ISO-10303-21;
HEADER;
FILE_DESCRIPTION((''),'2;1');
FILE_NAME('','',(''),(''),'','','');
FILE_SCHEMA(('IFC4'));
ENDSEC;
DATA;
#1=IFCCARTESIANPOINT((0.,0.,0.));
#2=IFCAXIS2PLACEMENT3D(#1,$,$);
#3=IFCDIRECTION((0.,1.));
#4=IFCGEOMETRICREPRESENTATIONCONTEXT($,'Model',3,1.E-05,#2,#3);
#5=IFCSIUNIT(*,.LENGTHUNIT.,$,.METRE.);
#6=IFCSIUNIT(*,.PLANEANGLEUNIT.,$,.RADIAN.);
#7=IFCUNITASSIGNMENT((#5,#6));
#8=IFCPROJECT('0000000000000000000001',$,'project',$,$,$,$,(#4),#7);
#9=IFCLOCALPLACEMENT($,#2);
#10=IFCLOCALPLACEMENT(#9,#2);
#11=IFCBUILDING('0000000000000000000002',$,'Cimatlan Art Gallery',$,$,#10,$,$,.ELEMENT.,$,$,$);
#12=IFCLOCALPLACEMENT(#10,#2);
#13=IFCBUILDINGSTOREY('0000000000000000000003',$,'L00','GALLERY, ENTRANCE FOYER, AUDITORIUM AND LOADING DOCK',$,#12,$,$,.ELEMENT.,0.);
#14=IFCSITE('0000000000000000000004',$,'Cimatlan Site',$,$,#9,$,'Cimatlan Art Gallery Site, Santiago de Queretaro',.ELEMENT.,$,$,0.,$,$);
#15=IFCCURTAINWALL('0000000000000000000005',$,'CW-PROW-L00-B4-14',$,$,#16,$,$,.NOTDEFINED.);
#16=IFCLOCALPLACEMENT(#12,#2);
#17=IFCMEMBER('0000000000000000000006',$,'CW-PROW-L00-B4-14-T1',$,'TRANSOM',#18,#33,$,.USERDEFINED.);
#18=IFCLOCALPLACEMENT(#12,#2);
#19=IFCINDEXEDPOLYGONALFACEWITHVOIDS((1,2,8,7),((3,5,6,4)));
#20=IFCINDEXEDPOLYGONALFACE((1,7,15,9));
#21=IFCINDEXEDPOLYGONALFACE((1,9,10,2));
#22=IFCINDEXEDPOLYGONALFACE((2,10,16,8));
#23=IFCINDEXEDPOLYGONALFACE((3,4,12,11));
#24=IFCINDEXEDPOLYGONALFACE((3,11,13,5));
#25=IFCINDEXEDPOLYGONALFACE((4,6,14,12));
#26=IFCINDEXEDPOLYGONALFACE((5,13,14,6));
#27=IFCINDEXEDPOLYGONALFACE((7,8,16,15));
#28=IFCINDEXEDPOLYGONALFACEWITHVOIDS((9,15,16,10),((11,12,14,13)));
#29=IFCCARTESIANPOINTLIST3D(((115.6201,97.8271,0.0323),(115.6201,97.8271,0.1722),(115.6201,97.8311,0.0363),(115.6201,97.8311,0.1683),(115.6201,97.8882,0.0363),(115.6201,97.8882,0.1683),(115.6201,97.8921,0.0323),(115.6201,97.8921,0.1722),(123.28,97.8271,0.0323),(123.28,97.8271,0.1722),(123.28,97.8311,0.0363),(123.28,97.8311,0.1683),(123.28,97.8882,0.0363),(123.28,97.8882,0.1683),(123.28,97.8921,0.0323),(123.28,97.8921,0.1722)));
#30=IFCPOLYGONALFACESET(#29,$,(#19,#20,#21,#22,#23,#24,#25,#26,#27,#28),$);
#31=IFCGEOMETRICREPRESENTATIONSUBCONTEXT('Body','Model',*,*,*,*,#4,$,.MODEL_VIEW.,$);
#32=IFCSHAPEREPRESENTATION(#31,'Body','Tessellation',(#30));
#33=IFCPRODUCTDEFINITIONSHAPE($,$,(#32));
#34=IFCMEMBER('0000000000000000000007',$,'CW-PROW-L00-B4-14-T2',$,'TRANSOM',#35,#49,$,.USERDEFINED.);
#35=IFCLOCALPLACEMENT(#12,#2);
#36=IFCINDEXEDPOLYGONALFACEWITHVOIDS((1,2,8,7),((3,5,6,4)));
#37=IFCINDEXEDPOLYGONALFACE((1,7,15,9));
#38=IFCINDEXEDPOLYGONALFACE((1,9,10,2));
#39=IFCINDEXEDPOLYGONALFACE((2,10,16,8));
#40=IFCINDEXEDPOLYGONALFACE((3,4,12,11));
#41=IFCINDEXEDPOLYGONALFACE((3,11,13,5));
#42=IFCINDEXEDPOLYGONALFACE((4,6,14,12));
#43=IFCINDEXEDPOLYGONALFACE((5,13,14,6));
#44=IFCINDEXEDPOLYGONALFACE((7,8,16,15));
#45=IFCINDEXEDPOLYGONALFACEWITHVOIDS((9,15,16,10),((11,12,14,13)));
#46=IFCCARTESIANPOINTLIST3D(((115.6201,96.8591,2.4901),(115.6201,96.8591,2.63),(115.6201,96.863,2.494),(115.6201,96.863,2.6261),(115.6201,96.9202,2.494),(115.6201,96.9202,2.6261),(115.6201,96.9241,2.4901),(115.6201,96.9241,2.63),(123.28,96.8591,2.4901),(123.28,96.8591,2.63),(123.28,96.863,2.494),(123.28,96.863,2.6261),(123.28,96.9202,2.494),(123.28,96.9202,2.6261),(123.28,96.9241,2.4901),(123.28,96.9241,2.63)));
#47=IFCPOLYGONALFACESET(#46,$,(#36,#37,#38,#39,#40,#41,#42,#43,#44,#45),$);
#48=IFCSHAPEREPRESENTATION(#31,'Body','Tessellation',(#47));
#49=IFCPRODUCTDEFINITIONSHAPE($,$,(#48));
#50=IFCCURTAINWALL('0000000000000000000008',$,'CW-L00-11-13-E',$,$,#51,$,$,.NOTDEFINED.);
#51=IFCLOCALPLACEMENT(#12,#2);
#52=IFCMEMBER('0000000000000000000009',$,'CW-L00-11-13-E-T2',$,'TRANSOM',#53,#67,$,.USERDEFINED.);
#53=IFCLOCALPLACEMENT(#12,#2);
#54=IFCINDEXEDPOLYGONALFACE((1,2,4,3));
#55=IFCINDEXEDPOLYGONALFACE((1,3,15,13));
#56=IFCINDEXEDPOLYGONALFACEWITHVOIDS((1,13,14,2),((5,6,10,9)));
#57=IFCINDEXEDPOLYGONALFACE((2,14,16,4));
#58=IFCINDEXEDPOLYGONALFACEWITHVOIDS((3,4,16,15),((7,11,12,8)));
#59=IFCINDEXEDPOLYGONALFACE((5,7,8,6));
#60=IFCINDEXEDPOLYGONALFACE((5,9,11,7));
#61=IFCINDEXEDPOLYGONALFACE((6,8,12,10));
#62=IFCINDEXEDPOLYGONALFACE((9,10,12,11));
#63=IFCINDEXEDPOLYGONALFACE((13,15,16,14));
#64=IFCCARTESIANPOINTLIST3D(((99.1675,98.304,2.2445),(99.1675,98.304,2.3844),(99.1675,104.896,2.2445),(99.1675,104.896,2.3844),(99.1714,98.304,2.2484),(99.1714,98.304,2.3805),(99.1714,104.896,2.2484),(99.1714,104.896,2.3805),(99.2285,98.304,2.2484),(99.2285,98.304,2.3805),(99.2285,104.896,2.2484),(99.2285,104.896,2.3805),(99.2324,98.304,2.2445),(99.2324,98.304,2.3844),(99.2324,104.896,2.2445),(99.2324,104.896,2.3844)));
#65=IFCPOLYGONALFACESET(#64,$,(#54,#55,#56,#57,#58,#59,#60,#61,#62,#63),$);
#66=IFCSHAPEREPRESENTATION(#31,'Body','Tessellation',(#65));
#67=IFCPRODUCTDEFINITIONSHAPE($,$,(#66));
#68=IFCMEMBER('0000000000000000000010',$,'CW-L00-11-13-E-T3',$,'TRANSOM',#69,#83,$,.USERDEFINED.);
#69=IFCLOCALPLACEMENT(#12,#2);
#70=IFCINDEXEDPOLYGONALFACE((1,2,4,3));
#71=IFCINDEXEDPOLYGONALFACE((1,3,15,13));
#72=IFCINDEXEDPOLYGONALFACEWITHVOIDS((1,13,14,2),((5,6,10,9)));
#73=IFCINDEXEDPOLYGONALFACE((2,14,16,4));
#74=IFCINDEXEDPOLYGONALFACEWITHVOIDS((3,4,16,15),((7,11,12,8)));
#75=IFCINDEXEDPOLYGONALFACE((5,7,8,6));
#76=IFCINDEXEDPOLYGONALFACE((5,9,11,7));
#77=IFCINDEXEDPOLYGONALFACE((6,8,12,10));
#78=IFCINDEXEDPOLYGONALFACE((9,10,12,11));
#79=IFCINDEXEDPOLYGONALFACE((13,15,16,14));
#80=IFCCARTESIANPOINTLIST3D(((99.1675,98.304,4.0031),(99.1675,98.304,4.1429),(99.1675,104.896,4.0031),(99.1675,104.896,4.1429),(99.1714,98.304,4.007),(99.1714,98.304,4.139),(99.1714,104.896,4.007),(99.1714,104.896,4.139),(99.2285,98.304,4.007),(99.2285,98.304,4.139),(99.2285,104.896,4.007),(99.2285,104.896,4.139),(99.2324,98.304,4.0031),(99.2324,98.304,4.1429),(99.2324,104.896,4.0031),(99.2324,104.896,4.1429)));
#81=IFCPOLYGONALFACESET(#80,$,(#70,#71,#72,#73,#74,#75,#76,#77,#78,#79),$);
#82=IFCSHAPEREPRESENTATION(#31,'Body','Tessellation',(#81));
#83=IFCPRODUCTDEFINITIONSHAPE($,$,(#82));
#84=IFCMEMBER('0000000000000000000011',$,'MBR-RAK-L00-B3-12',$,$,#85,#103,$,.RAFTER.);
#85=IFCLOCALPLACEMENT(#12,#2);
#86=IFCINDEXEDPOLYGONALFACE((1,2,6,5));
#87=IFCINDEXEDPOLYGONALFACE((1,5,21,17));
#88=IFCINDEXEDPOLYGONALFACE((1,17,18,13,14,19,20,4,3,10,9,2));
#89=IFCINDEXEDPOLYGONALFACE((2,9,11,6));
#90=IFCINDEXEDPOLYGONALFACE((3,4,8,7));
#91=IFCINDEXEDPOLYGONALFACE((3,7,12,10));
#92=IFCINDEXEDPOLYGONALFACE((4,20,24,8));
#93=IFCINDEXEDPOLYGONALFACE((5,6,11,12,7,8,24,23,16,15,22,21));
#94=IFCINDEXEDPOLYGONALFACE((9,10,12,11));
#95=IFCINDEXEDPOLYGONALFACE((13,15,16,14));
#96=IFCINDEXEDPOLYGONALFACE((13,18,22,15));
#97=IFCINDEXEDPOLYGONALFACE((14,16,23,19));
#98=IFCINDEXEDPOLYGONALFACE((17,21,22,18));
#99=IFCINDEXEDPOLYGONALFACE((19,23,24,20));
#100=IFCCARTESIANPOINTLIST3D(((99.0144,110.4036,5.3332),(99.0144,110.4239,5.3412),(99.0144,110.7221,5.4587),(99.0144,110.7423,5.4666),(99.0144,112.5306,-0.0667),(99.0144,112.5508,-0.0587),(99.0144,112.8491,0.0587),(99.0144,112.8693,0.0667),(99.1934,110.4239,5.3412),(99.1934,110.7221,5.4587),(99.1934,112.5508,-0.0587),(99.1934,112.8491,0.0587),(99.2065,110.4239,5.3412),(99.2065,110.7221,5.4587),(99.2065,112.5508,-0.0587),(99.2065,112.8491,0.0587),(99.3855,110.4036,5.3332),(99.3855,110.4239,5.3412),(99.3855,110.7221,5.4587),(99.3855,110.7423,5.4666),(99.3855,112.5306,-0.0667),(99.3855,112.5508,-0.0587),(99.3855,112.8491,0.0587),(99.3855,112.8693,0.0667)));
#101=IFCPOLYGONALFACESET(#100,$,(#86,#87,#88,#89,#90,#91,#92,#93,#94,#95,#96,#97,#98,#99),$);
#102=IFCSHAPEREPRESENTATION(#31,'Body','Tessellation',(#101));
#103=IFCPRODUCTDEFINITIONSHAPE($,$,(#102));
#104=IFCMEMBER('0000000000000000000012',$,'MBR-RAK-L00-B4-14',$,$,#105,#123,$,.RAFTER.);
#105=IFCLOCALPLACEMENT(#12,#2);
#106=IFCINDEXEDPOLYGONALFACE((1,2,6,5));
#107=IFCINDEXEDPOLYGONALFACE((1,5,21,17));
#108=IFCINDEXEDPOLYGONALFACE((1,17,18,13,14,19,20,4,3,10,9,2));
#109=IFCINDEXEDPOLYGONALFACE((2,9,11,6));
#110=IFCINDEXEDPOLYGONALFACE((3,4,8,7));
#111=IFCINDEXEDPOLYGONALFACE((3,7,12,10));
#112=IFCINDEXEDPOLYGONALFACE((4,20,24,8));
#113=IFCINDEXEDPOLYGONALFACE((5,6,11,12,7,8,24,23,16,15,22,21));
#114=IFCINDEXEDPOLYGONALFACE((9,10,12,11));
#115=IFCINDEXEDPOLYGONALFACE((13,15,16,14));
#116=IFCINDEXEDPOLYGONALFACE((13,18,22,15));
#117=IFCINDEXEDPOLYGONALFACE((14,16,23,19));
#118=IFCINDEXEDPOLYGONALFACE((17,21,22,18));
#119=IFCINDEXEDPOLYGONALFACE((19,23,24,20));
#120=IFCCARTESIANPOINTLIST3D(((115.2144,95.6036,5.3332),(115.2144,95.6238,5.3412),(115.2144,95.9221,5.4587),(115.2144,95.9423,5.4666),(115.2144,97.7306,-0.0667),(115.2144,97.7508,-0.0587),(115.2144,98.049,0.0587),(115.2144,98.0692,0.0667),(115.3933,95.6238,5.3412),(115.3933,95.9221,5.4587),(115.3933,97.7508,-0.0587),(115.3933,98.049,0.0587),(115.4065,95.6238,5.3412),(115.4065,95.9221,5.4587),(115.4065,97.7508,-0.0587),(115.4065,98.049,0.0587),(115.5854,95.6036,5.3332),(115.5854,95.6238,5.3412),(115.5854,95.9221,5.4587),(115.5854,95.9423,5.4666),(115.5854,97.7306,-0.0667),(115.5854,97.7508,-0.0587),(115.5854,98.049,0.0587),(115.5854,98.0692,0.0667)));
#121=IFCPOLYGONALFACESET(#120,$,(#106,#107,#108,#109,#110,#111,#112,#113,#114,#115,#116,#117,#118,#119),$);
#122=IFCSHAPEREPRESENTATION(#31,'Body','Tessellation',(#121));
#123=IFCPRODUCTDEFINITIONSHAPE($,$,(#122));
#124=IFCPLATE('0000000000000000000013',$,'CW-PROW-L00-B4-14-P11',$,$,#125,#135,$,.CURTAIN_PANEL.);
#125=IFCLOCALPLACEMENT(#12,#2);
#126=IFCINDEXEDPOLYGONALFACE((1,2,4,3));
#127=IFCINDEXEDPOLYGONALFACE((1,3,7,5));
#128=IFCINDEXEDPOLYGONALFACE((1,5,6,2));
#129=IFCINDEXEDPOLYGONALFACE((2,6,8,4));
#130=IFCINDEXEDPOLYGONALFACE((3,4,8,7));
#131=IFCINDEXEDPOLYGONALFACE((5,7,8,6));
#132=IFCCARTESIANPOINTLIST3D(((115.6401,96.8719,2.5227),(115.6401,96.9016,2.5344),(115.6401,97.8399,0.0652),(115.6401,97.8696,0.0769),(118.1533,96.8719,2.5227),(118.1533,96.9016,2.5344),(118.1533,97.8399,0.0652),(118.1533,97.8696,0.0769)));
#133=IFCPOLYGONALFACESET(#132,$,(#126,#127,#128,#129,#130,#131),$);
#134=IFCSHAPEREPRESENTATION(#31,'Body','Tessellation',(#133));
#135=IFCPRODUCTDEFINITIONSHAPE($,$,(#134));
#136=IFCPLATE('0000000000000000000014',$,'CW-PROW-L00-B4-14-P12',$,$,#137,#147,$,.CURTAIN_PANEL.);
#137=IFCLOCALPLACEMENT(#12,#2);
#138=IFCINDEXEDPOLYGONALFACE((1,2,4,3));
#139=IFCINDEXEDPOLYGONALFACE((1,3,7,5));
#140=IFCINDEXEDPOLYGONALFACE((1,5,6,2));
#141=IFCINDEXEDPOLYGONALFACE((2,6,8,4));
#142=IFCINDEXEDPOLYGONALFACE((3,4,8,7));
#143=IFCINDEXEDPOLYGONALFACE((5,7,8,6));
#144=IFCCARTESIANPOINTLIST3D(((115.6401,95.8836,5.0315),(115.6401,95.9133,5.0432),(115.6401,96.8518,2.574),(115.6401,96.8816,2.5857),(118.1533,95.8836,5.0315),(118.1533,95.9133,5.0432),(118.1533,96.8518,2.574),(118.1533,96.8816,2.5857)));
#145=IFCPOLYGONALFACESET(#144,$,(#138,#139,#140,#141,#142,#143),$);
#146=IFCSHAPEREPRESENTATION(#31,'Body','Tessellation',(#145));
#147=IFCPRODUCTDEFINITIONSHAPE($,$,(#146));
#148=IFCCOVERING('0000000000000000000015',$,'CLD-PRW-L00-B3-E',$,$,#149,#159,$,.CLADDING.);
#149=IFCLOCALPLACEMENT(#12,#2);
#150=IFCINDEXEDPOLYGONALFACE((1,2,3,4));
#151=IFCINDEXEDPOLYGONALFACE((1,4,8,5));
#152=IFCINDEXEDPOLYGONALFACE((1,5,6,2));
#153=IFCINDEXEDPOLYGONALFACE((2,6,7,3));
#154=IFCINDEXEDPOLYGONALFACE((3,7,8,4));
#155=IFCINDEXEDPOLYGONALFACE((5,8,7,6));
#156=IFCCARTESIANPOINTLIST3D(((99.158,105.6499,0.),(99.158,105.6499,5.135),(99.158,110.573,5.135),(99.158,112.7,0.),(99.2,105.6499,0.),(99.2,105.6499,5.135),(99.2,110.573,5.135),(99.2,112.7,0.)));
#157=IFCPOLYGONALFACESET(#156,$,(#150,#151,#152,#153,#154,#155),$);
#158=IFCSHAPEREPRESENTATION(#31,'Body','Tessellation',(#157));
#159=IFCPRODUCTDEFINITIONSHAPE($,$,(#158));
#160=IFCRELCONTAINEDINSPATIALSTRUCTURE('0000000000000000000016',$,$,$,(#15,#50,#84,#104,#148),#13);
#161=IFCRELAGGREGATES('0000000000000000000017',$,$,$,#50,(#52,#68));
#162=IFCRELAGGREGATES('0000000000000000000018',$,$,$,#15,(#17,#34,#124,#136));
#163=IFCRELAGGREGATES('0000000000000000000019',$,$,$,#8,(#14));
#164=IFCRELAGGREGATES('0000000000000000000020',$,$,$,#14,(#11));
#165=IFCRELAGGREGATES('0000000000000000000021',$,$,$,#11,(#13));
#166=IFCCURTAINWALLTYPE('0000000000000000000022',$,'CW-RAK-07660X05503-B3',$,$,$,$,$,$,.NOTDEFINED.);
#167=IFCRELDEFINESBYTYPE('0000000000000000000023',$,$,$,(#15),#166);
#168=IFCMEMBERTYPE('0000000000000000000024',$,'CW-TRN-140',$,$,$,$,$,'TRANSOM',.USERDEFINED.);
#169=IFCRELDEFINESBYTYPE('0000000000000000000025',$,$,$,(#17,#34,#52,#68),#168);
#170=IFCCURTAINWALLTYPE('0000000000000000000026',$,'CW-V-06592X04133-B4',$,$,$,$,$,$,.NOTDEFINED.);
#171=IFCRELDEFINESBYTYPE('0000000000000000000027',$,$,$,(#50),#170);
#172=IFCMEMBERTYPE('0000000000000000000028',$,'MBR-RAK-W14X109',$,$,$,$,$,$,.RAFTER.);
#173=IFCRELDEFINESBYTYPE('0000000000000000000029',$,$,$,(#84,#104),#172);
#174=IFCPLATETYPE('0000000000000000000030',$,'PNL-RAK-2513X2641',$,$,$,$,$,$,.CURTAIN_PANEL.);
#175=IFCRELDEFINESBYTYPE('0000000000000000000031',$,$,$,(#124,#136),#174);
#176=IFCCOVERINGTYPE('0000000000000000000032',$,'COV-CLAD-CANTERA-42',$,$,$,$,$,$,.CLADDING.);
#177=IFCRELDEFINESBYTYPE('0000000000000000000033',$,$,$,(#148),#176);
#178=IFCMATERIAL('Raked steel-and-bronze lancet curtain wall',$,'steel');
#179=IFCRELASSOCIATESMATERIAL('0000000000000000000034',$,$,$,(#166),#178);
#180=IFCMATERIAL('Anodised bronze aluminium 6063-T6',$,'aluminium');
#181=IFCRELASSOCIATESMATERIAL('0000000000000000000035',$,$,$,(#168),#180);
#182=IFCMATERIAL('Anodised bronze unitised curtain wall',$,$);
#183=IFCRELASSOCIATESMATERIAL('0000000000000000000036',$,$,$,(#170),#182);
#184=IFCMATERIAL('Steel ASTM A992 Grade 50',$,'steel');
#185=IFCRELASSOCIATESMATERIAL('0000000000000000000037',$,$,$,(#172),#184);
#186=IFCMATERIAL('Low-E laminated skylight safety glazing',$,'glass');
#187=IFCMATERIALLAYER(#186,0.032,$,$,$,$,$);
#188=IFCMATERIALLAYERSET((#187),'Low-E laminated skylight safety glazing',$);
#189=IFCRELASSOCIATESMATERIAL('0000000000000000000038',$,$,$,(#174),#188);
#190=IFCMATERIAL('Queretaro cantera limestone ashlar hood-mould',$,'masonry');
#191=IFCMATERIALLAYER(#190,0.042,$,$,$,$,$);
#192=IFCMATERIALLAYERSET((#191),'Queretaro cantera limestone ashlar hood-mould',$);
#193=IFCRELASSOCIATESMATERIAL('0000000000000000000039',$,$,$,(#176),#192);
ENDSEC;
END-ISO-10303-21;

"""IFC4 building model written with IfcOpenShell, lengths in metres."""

from ifc_helpers import new_model, si_unit, direction, frame, origin, origin_2d, place, context, subcontext, project, spatial, polyline, hollow_rectangle, i_section, outline, extrude, material, layer, layer_set, material_profile, profile_set, type_object, element, aggregate, save


model = new_model("IFC4")

# Units and contexts
model_context = context("Model", 3, precision=1e-05, world=origin(), true_north=direction((0.0, 1.0)))
body_context = subcontext(model_context, "Body", "Model", "MODEL_VIEW")
ifc_project = project(units=[si_unit("LENGTHUNIT", "METRE"), si_unit("PLANEANGLEUNIT", "RADIAN")], contexts=[model_context])

# Site, building, storey
site_placement = place(None, origin())
site = spatial("IfcSite", under=ifc_project, at=site_placement, Name="Cimatlan Site", LongName="Cimatlan Art Gallery Site, Santiago de Queretaro", CompositionType="ELEMENT", RefElevation=0.0)
building_placement = place(site_placement, origin())
building = spatial("IfcBuilding", under=site, at=building_placement, Name="Cimatlan Art Gallery", CompositionType="ELEMENT")
storey_placement = place(building_placement, origin())
storey = spatial("IfcBuildingStorey", under=building, at=storey_placement, Name="L00", Description="GALLERY, ENTRANCE FOYER, AUDITORIUM AND LOADING DOCK", CompositionType="ELEMENT", Elevation=0.0)

# Shared definitions
ifc_material_1 = material(Name="Steel ASTM A992 Grade 50", Category="steel")

# Curtain walls, members
ifc_material_2 = material(Name="Raked steel-and-bronze lancet curtain wall", Category="steel")
curtain_wall_type_1 = type_object("IfcCurtainWallType", Name="CW-RAK-07660X05503-B3", PredefinedType="NOTDEFINED", material=ifc_material_2)
curtain_wall_1_placement = place(storey_placement, origin())
curtain_wall_1 = element("IfcCurtainWall", 1, at=curtain_wall_1_placement, inside=storey, type_object=curtain_wall_type_1, Name="CW-PROW-L00-B4-14", PredefinedType="NOTDEFINED")
ifc_material_3 = material(Name="Anodised bronze aluminium 6063-T6", Category="aluminium")
ifc_material_profile_1 = material_profile(ifc_material_3, hollow_rectangle(XDim=0.0649, YDim=0.1399, WallThickness=0.0039, at=origin_2d()), Name="ALU65X140X4")
ifc_profile_set_1 = profile_set([ifc_material_profile_1], Name="Anodised bronze aluminium 6063-T6")
member_type_1 = type_object("IfcMemberType", Name="CW-TRN-140", ElementType="TRANSOM", PredefinedType="USERDEFINED", material=ifc_profile_set_1)
member_1_placement = place(storey_placement, frame((115.6201, 97.8596, 0.1023), z_axis=(1.0, 0.0, 0.0), x_axis=(0.0, 1.0, 0.0)))
member_1 = element("IfcMember", 2, at=member_1_placement, type_object=member_type_1, Name="CW-PROW-L00-B4-14-T1", ObjectType="TRANSOM", PredefinedType="USERDEFINED", context=body_context, shape_type="SweptSolid", body=[
    extrude(hollow_rectangle(XDim=0.0649, YDim=0.1399, WallThickness=0.0039, at=origin_2d()), origin(), (0.0, 0.0, 1.0), 7.6599),
])
member_2_placement = place(storey_placement, frame((115.6201, 96.8916, 2.5601), z_axis=(1.0, 0.0, 0.0), x_axis=(0.0, 1.0, 0.0)))
member_2 = element("IfcMember", 3, at=member_2_placement, type_object=member_type_1, Name="CW-PROW-L00-B4-14-T2", ObjectType="TRANSOM", PredefinedType="USERDEFINED", context=body_context, shape_type="SweptSolid", body=[
    extrude(hollow_rectangle(XDim=0.0649, YDim=0.1399, WallThickness=0.0039, at=origin_2d()), origin(), (0.0, 0.0, 1.0), 7.6599),
])
ifc_material_4 = material(Name="Anodised bronze unitised curtain wall")
curtain_wall_type_2 = type_object("IfcCurtainWallType", Name="CW-V-06592X04133-B4", PredefinedType="NOTDEFINED", material=ifc_material_4)
curtain_wall_2_placement = place(storey_placement, origin())
curtain_wall_2 = element("IfcCurtainWall", 4, at=curtain_wall_2_placement, inside=storey, type_object=curtain_wall_type_2, Name="CW-L00-11-13-E", PredefinedType="NOTDEFINED")
member_3_placement = place(storey_placement, frame((99.2, 104.896, 2.3145), z_axis=(0.0, -1.0, 0.0), x_axis=(1.0, 0.0, 0.0)))
member_3 = element("IfcMember", 5, at=member_3_placement, type_object=member_type_1, Name="CW-L00-11-13-E-T2", ObjectType="TRANSOM", PredefinedType="USERDEFINED", context=body_context, shape_type="SweptSolid", body=[
    extrude(hollow_rectangle(XDim=0.0649, YDim=0.1399, WallThickness=0.0039, at=origin_2d()), origin(), (0.0, 0.0, 1.0), 6.592),
])
member_4_placement = place(storey_placement, frame((99.2, 104.896, 4.073), z_axis=(0.0, -1.0, 0.0), x_axis=(1.0, 0.0, 0.0)))
member_4 = element("IfcMember", 6, at=member_4_placement, type_object=member_type_1, Name="CW-L00-11-13-E-T3", ObjectType="TRANSOM", PredefinedType="USERDEFINED", context=body_context, shape_type="SweptSolid", body=[
    extrude(hollow_rectangle(XDim=0.0649, YDim=0.1399, WallThickness=0.0039, at=origin_2d()), origin(), (0.0, 0.0, 1.0), 6.592),
])
aggregate(curtain_wall_2, [member_3, member_4])

# Members
ifc_material_profile_2 = material_profile(ifc_material_1, i_section(OverallWidth=0.3711, OverallDepth=0.364, WebThickness=0.0132, FlangeThickness=0.0217, at=origin_2d()), Name="W14X109")
ifc_profile_set_2 = profile_set([ifc_material_profile_2], Name="Steel ASTM A992 Grade 50")
member_type_2 = type_object("IfcMemberType", Name="MBR-RAK-W14X109", PredefinedType="RAFTER", material=ifc_profile_set_2)
for number, where, z_axis, x_axis, name in (
    (7, (99.2, 112.7, 0.0), (0.0, -0.366483, 0.930425), (1.0, 0.0, 0.0), "MBR-RAK-L00-B3-12"),
    (8, (115.3999, 97.8999, 0.0), (0.0, -0.366483, 0.930425), (1.0, 0.0, 0.0), "MBR-RAK-L00-B4-14"),
):
    element("IfcMember", number, at=place(storey_placement, frame(where, z_axis=z_axis, x_axis=x_axis)), inside=storey, type_object=member_type_2, Name=name, PredefinedType="RAFTER", context=body_context, shape_type="SweptSolid", body=[
        extrude(i_section(OverallWidth=0.3711, OverallDepth=0.364, WebThickness=0.0132, FlangeThickness=0.0217, at=origin_2d()), origin(), (0.0, 0.0, 1.0), 5.8037),
    ])

# Plates
ifc_material_5 = material(Name="Low-E laminated skylight safety glazing", Category="glass")
ifc_layer_1 = layer(ifc_material_5, 0.032)
ifc_layer_set_1 = layer_set([ifc_layer_1], Name="Low-E laminated skylight safety glazing")
plate_type = type_object("IfcPlateType", Name="PNL-RAK-2513X2641", PredefinedType="CURTAIN_PANEL", material=ifc_layer_set_1)
plate_1_placement = place(storey_placement, frame((115.6401, 97.8696, 0.0769), z_axis=(0.0, 0.930421, 0.366493), x_axis=(1.0, 0.0, 0.0)))
plate_1 = element("IfcPlate", 9, at=plate_1_placement, type_object=plate_type, Name="CW-PROW-L00-B4-14-P11", PredefinedType="CURTAIN_PANEL", context=body_context, shape_type="SweptSolid", body=[
    extrude(outline(polyline([(0.0, 0.0), (2.5132, 0.0), (2.5132, -2.6413), (0.0, -2.6413), (0.0, 0.0)])), origin(), (0.0, 0.0, -1.0), 0.032),
])
plate_2_placement = place(storey_placement, frame((115.6401, 96.8816, 2.5857), z_axis=(0.0, 0.930389, 0.366573), x_axis=(1.0, 0.0, 0.0)))
plate_2 = element("IfcPlate", 10, at=plate_2_placement, type_object=plate_type, Name="CW-PROW-L00-B4-14-P12", PredefinedType="CURTAIN_PANEL", context=body_context, shape_type="SweptSolid", body=[
    extrude(outline(polyline([(0.0, 0.0), (2.5132, 0.0), (2.5132, -2.6414), (0.0, -2.6414), (0.0, 0.0)])), origin(), (0.0, 0.0, -1.0), 0.032),
])
aggregate(curtain_wall_1, [member_1, member_2, plate_1, plate_2])

# Covering
ifc_material_6 = material(Name="Queretaro cantera limestone ashlar hood-mould", Category="masonry")
ifc_layer_2 = layer(ifc_material_6, 0.042)
ifc_layer_set_2 = layer_set([ifc_layer_2], Name="Queretaro cantera limestone ashlar hood-mould")
covering_type = type_object("IfcCoveringType", Name="COV-CLAD-CANTERA-42", PredefinedType="CLADDING", material=ifc_layer_set_2)
covering_placement = place(storey_placement, frame((99.2, 105.6499, 0.0), z_axis=(1.0, 0.0, 0.0), x_axis=(0.0, 1.0, 0.0)))
element("IfcCovering", 11, at=covering_placement, inside=storey, type_object=covering_type, Name="CLD-PRW-L00-B3-E", PredefinedType="CLADDING", context=body_context, shape_type="SweptSolid", body=[
    extrude(outline(polyline([(0.0, 0.0), (7.05, 0.0), (4.9231, 5.135), (0.0, 5.135), (0.0, 0.0)])), origin(), (0.0, 0.0, -1.0), 0.042),
])

save(model, "model.ifc")
